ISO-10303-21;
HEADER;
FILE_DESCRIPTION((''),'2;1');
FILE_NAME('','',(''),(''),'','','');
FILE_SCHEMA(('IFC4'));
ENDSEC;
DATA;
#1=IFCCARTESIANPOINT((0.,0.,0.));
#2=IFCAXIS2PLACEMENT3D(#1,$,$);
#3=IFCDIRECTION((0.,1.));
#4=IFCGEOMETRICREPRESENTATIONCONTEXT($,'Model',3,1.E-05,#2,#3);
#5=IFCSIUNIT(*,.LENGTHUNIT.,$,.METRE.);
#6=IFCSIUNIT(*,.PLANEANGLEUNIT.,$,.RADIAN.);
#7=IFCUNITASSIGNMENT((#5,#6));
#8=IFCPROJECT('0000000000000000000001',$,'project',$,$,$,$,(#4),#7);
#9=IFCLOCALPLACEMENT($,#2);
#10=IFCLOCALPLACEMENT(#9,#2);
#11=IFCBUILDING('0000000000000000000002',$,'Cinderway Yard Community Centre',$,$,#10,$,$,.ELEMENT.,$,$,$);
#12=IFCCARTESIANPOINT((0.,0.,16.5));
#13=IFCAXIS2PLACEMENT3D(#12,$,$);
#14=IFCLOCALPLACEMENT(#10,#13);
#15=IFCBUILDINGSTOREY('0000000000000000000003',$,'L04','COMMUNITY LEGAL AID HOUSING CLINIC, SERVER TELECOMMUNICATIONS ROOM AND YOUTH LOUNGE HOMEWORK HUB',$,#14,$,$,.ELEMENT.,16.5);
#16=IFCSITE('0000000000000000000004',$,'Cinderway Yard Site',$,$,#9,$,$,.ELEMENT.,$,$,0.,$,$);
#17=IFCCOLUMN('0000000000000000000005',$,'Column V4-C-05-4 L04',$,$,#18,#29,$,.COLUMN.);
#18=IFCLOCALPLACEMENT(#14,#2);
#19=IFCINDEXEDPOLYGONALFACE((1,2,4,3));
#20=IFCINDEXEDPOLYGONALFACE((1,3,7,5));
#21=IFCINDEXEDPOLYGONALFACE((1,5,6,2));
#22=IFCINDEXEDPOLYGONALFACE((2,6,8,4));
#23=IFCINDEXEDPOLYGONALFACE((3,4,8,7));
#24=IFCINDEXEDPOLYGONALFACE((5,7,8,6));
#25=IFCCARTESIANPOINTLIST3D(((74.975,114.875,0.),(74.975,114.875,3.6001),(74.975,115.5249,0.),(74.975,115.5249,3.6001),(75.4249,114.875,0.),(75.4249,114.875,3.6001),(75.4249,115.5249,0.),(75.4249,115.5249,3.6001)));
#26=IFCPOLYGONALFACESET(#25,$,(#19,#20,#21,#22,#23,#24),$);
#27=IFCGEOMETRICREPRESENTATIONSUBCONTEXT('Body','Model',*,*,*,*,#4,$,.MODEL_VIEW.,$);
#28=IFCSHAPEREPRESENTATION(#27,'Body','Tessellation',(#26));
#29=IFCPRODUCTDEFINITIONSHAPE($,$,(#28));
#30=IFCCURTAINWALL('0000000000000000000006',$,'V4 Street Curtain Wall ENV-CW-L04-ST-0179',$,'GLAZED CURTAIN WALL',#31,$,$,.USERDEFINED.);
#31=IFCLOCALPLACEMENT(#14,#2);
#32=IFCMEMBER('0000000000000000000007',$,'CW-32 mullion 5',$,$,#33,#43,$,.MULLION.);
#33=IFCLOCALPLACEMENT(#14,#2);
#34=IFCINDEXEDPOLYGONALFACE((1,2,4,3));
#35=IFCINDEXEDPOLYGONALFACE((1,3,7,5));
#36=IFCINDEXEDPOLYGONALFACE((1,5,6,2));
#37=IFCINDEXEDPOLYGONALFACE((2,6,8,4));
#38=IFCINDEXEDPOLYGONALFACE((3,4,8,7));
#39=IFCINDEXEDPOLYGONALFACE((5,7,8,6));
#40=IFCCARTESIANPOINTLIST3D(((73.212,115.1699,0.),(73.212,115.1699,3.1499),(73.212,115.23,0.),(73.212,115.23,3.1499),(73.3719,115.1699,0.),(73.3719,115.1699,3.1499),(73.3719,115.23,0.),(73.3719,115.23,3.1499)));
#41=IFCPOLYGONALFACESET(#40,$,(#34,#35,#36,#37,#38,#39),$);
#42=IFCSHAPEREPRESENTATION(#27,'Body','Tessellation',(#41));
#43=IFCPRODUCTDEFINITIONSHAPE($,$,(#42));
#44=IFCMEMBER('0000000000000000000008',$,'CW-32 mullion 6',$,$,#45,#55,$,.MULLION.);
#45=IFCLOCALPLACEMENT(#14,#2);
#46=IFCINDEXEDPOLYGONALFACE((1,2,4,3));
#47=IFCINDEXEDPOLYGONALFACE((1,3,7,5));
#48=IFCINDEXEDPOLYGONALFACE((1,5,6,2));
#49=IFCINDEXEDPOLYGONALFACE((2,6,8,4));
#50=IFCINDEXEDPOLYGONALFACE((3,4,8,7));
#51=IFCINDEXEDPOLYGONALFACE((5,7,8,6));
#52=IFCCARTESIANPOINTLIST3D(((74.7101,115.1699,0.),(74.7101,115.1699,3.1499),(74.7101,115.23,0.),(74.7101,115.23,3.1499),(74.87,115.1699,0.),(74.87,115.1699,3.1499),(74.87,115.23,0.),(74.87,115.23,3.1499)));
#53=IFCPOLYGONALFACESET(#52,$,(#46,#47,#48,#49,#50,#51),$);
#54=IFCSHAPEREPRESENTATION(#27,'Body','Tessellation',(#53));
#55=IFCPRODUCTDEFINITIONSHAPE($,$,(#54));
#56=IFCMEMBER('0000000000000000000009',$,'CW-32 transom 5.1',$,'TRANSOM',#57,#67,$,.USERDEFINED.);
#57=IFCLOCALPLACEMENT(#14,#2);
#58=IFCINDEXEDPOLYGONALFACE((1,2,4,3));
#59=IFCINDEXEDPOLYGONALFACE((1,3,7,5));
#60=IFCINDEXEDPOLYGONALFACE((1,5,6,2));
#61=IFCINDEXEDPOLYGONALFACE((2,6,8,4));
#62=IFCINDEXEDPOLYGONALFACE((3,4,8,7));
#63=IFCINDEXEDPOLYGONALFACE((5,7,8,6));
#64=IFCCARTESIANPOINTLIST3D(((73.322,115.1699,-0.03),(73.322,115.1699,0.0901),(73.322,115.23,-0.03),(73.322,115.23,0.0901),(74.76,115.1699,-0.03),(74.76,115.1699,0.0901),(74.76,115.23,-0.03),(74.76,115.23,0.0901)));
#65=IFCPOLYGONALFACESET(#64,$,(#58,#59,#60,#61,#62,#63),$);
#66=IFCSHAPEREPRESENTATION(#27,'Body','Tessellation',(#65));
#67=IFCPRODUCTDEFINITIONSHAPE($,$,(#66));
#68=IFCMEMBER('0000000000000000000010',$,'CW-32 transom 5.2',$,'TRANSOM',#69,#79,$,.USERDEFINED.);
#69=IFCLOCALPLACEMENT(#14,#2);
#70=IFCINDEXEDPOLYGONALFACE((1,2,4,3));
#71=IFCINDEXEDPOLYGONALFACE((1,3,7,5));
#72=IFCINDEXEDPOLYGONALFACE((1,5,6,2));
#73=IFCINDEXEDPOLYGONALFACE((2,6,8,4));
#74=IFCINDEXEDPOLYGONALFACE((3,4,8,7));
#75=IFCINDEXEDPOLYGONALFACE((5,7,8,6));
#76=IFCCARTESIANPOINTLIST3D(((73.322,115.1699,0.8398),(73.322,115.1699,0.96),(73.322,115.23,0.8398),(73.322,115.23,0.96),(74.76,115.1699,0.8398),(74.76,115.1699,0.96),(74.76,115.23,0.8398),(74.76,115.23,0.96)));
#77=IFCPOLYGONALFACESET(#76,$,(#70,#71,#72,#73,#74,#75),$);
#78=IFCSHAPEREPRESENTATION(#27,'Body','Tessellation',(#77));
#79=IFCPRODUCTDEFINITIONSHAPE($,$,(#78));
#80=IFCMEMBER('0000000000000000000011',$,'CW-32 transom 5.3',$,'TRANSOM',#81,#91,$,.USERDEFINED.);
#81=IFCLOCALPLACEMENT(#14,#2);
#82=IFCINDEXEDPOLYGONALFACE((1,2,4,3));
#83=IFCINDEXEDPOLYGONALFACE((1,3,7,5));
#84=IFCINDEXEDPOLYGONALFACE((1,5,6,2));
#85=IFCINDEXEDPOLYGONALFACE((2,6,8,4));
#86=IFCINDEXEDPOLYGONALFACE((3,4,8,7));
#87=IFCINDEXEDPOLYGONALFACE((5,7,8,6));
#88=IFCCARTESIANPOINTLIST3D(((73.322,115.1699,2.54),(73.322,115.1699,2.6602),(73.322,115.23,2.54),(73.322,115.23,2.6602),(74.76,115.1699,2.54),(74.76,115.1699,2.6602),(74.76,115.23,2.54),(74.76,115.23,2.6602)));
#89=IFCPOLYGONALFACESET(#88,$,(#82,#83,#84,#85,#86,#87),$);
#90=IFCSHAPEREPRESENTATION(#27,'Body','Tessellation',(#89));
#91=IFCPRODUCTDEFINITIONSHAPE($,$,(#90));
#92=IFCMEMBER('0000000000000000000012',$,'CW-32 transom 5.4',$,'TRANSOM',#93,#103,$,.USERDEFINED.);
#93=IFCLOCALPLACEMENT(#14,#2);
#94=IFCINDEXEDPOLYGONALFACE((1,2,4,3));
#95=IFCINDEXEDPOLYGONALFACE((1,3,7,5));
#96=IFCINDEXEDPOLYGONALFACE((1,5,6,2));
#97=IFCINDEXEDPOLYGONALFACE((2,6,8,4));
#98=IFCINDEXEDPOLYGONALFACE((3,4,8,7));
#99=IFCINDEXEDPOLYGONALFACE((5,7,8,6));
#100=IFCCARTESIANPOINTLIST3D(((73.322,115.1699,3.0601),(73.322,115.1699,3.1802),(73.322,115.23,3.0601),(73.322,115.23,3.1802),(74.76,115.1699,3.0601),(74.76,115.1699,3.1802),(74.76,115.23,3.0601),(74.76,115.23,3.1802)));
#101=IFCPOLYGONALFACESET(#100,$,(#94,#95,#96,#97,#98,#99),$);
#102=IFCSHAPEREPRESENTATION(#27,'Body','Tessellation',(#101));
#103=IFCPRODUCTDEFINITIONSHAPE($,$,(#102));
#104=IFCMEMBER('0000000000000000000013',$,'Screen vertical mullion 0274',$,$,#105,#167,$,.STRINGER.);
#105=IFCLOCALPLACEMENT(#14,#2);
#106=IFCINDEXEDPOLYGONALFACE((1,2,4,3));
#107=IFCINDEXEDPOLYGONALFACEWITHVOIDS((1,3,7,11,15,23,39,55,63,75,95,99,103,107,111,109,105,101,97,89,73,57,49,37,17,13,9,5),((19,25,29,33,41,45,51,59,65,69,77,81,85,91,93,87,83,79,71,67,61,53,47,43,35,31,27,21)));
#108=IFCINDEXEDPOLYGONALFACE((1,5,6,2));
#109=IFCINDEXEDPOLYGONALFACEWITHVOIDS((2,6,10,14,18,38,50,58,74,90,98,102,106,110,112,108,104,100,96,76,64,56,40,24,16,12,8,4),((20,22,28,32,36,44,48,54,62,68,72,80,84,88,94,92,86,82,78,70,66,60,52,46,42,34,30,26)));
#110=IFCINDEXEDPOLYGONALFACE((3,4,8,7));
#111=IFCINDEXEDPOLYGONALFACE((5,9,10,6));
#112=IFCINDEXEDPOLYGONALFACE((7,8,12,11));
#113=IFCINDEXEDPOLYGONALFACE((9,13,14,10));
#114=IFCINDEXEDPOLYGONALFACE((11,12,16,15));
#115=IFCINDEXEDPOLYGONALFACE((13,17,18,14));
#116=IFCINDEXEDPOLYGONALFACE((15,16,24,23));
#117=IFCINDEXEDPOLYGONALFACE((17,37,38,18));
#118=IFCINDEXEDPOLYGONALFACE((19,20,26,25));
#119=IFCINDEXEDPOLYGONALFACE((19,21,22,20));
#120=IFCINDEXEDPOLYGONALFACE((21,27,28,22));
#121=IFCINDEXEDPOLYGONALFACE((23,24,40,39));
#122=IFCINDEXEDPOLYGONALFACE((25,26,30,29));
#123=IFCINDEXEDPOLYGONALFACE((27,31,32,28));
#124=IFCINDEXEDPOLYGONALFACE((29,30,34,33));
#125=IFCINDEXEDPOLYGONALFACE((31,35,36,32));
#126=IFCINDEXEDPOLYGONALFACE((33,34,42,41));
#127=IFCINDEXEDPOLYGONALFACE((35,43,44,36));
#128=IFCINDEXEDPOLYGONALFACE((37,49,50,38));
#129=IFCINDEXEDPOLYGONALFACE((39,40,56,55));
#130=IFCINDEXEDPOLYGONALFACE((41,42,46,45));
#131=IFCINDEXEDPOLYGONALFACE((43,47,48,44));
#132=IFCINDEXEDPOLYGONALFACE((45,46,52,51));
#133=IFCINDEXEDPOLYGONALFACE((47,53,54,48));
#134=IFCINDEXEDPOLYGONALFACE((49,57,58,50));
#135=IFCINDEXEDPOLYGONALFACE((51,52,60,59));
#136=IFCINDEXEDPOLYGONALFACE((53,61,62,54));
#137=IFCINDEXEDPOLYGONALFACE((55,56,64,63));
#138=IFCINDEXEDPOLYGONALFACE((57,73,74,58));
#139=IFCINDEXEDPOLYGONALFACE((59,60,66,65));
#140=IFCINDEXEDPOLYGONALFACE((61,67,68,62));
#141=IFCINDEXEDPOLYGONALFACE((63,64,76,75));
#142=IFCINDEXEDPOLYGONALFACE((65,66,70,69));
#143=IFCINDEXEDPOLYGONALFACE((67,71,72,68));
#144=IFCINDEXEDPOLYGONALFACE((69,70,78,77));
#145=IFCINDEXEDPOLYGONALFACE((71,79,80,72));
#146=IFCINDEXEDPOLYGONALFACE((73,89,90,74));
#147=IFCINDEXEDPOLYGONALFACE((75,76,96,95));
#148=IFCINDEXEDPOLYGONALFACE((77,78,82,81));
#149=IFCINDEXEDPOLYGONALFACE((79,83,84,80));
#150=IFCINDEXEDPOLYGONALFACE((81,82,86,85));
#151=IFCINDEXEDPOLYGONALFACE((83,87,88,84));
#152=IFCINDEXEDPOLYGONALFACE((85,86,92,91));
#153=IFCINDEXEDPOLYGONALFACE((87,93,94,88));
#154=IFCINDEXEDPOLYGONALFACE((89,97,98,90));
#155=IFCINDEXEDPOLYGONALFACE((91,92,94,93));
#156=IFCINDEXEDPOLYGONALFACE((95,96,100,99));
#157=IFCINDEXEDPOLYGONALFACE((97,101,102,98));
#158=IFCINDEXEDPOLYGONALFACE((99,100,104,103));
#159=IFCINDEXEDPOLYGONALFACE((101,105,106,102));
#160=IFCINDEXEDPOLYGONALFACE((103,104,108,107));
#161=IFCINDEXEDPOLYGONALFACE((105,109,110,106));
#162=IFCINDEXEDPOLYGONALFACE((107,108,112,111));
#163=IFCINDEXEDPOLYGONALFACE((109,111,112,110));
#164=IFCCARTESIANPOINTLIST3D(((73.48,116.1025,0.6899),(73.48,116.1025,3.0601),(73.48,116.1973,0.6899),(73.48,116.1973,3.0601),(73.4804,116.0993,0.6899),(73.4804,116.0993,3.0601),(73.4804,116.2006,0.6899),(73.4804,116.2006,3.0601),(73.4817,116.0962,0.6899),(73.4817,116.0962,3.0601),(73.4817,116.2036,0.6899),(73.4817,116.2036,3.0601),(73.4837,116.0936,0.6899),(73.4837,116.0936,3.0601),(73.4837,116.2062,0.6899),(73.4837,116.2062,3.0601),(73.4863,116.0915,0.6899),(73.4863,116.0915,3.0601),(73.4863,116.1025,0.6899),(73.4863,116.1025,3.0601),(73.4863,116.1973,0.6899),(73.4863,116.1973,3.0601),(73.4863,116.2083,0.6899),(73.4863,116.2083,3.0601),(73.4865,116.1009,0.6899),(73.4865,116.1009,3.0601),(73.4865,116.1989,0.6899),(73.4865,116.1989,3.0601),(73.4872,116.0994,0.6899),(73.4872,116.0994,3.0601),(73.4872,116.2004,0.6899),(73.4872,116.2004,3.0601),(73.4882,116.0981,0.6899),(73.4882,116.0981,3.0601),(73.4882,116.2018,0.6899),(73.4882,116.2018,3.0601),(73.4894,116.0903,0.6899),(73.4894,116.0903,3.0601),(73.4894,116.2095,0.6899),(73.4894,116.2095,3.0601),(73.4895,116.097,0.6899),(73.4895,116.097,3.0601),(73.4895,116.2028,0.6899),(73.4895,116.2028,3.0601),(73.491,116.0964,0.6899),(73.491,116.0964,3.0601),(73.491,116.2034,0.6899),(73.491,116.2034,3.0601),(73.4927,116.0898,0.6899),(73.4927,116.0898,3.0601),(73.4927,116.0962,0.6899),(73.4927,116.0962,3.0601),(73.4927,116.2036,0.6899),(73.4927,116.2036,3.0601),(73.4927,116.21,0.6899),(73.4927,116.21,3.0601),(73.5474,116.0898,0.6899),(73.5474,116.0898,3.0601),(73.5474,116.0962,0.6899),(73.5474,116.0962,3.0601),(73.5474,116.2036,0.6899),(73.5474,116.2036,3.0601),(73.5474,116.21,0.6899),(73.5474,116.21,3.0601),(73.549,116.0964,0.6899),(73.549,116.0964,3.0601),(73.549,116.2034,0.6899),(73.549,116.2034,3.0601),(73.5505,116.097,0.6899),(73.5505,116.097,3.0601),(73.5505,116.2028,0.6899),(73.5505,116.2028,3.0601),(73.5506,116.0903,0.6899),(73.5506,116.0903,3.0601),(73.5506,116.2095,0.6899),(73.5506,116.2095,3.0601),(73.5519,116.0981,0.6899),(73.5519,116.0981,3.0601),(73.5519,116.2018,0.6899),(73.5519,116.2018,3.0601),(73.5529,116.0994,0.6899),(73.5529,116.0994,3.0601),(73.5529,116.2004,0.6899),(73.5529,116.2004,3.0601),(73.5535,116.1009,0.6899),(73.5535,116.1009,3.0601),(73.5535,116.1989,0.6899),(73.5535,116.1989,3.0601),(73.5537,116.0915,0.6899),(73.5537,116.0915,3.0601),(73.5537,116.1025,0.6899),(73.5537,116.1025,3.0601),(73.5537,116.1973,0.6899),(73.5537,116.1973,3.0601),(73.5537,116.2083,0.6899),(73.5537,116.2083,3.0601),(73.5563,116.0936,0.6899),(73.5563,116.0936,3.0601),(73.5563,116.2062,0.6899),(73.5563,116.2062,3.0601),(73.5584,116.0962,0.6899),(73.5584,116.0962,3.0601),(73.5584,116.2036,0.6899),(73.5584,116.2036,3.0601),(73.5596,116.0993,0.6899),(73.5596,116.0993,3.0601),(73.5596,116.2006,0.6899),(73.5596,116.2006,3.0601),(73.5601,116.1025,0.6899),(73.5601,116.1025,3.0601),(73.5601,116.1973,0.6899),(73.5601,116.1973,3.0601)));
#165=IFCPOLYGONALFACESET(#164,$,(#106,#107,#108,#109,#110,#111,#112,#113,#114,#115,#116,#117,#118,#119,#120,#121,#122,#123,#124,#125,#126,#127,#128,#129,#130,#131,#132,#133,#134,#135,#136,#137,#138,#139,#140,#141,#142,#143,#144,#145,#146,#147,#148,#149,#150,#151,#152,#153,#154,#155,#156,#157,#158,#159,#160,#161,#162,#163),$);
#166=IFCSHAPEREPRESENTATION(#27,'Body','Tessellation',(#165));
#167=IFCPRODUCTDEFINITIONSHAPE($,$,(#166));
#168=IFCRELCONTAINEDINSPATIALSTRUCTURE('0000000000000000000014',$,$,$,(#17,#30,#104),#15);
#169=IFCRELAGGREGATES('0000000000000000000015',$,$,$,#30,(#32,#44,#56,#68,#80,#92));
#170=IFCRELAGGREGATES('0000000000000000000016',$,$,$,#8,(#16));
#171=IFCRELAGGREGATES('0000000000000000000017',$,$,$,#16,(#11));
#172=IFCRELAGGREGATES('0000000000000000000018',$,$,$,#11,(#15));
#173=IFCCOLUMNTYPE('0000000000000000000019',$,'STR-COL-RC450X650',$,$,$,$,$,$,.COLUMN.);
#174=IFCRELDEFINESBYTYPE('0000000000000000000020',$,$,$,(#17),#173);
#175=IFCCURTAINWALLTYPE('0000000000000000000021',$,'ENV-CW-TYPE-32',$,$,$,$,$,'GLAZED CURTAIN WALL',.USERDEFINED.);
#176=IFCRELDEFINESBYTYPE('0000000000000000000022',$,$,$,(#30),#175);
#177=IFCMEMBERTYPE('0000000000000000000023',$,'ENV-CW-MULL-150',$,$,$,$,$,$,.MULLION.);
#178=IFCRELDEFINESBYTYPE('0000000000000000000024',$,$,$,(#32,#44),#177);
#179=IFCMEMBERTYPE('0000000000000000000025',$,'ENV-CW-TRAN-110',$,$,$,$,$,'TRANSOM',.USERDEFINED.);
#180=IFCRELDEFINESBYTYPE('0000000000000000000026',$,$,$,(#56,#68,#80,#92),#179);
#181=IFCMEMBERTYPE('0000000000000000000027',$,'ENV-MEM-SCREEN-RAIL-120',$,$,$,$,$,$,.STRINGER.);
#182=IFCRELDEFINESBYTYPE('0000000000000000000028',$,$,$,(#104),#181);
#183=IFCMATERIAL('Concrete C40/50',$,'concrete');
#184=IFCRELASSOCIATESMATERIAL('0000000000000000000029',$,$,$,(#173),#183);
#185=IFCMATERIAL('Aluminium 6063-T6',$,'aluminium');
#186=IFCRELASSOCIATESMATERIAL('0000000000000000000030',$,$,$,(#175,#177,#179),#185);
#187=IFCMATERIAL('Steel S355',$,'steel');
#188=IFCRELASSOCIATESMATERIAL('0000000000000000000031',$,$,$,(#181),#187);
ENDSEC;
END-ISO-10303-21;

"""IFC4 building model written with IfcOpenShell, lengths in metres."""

from ifc_helpers import new_model, si_unit, direction, frame, origin, origin_2d, place, context, subcontext, project, spatial, rectangle, hollow_rectangle, extrude, material, material_profile, profile_set, type_object, element, aggregate, save


model = new_model("IFC4")

# Units and contexts
model_context = context("Model", 3, precision=1e-05, world=origin(), true_north=direction((0.0, 1.0)))
body_context = subcontext(model_context, "Body", "Model", "MODEL_VIEW")
ifc_project = project(units=[si_unit("LENGTHUNIT", "METRE"), si_unit("PLANEANGLEUNIT", "RADIAN")], contexts=[model_context])

# Site, building, storey
site_placement = place(None, origin())
site = spatial("IfcSite", under=ifc_project, at=site_placement, Name="Cinderway Yard Site", CompositionType="ELEMENT", RefElevation=0.0)
building_placement = place(site_placement, origin())
building = spatial("IfcBuilding", under=site, at=building_placement, Name="Cinderway Yard Community Centre", CompositionType="ELEMENT")
storey_placement = place(building_placement, frame((0.0, 0.0, 16.5)))
storey = spatial("IfcBuildingStorey", under=building, at=storey_placement, Name="L04", Description="COMMUNITY LEGAL AID HOUSING CLINIC, SERVER TELECOMMUNICATIONS ROOM AND YOUTH LOUNGE HOMEWORK HUB", CompositionType="ELEMENT", Elevation=16.5)

# Column
ifc_material_1 = material(Name="Concrete C40/50", Category="concrete")
ifc_material_profile_1 = material_profile(ifc_material_1, rectangle(XDim=0.45, YDim=0.6499, at=origin_2d()), Name="Concrete C40/50")
ifc_profile_set_1 = profile_set([ifc_material_profile_1], Name="Concrete C40/50")
column_type = type_object("IfcColumnType", Name="STR-COL-RC450X650", PredefinedType="COLUMN", material=ifc_profile_set_1)
column_placement = place(storey_placement, frame((75.2, 115.2, 0.0), z_axis=(0.0, 0.0, 1.0), x_axis=(1.0, 0.0, 0.0)))
element("IfcColumn", 1, at=column_placement, inside=storey, type_object=column_type, Name="Column V4-C-05-4 L04", PredefinedType="COLUMN", context=body_context, shape_type="SweptSolid", body=[
    extrude(rectangle(XDim=0.45, YDim=0.6499, at=origin_2d()), origin(), (0.0, 0.0, 1.0), 3.6001),
])

# Curtain wall, members
ifc_material_2 = material(Name="Aluminium 6063-T6", Category="aluminium")
curtain_wall_type = type_object("IfcCurtainWallType", Name="ENV-CW-TYPE-32", ElementType="GLAZED CURTAIN WALL", PredefinedType="USERDEFINED", material=ifc_material_2)
curtain_wall_placement = place(storey_placement, origin())
curtain_wall = element("IfcCurtainWall", 2, at=curtain_wall_placement, inside=storey, type_object=curtain_wall_type, Name="V4 Street Curtain Wall ENV-CW-L04-ST-0179", ObjectType="GLAZED CURTAIN WALL", PredefinedType="USERDEFINED")
ifc_material_profile_2 = material_profile(ifc_material_2, rectangle(XDim=0.0601, YDim=0.1599, at=origin_2d()), Name="Aluminium 6063-T6")
ifc_profile_set_2 = profile_set([ifc_material_profile_2], Name="Aluminium 6063-T6")
member_type_1 = type_object("IfcMemberType", Name="ENV-CW-MULL-150", PredefinedType="MULLION", material=ifc_profile_set_2)
member_1_placement = place(storey_placement, frame((73.292, 115.2, 0.0), z_axis=(0.0, 0.0, 1.0), x_axis=(0.0, 1.0, 0.0)))
member_1 = element("IfcMember", 3, at=member_1_placement, type_object=member_type_1, Name="CW-32 mullion 5", PredefinedType="MULLION", context=body_context, shape_type="SweptSolid", body=[
    extrude(rectangle(XDim=0.0601, YDim=0.1599, at=origin_2d()), origin(), (0.0, 0.0, 1.0), 3.1499),
])
member_2_placement = place(storey_placement, frame((74.79, 115.2, 0.0), z_axis=(0.0, 0.0, 1.0), x_axis=(0.0, 1.0, 0.0)))
member_2 = element("IfcMember", 4, at=member_2_placement, type_object=member_type_1, Name="CW-32 mullion 6", PredefinedType="MULLION", context=body_context, shape_type="SweptSolid", body=[
    extrude(rectangle(XDim=0.0601, YDim=0.1599, at=origin_2d()), origin(), (0.0, 0.0, 1.0), 3.1499),
])
ifc_material_profile_3 = material_profile(ifc_material_2, rectangle(XDim=0.0601, YDim=0.1201, at=origin_2d()), Name="Aluminium 6063-T6")
ifc_profile_set_3 = profile_set([ifc_material_profile_3], Name="Aluminium 6063-T6")
member_type_2 = type_object("IfcMemberType", Name="ENV-CW-TRAN-110", ElementType="TRANSOM", PredefinedType="USERDEFINED", material=ifc_profile_set_3)
member_3_placement = place(storey_placement, frame((73.322, 115.2, 0.03), z_axis=(1.0, 0.0, 0.0), x_axis=(0.0, 1.0, 0.0)))
member_3 = element("IfcMember", 5, at=member_3_placement, type_object=member_type_2, Name="CW-32 transom 5.1", ObjectType="TRANSOM", PredefinedType="USERDEFINED", context=body_context, shape_type="SweptSolid", body=[
    extrude(rectangle(XDim=0.0601, YDim=0.1201, at=origin_2d()), origin(), (0.0, 0.0, 1.0), 1.438),
])
member_4_placement = place(storey_placement, frame((73.322, 115.2, 0.8999), z_axis=(1.0, 0.0, 0.0), x_axis=(0.0, 1.0, 0.0)))
member_4 = element("IfcMember", 6, at=member_4_placement, type_object=member_type_2, Name="CW-32 transom 5.2", ObjectType="TRANSOM", PredefinedType="USERDEFINED", context=body_context, shape_type="SweptSolid", body=[
    extrude(rectangle(XDim=0.0601, YDim=0.1201, at=origin_2d()), origin(), (0.0, 0.0, 1.0), 1.438),
])
member_5_placement = place(storey_placement, frame((73.322, 115.2, 2.6001), z_axis=(1.0, 0.0, 0.0), x_axis=(0.0, 1.0, 0.0)))
member_5 = element("IfcMember", 7, at=member_5_placement, type_object=member_type_2, Name="CW-32 transom 5.3", ObjectType="TRANSOM", PredefinedType="USERDEFINED", context=body_context, shape_type="SweptSolid", body=[
    extrude(rectangle(XDim=0.0601, YDim=0.1201, at=origin_2d()), origin(), (0.0, 0.0, 1.0), 1.438),
])
member_6_placement = place(storey_placement, frame((73.322, 115.2, 3.1201), z_axis=(1.0, 0.0, 0.0), x_axis=(0.0, 1.0, 0.0)))
member_6 = element("IfcMember", 8, at=member_6_placement, type_object=member_type_2, Name="CW-32 transom 5.4", ObjectType="TRANSOM", PredefinedType="USERDEFINED", context=body_context, shape_type="SweptSolid", body=[
    extrude(rectangle(XDim=0.0601, YDim=0.1201, at=origin_2d()), origin(), (0.0, 0.0, 1.0), 1.438),
])

# Member
ifc_material_3 = material(Name="Steel S355", Category="steel")
ifc_material_profile_4 = material_profile(ifc_material_3, hollow_rectangle(XDim=0.0801, YDim=0.1201, WallThickness=0.0063, InnerFilletRadius=0.0063, OuterFilletRadius=0.0127, at=origin_2d()), Name="Steel S355")
ifc_profile_set_4 = profile_set([ifc_material_profile_4], Name="Steel S355")
member_type_3 = type_object("IfcMemberType", Name="ENV-MEM-SCREEN-RAIL-120", PredefinedType="STRINGER", material=ifc_profile_set_4)
for number, where, z_axis, x_axis, name in (
    (9, (73.52, 116.1499, 0.6899), (0.0, 0.0, 1.0), (1.0, 0.0, 0.0), "Screen vertical mullion 0274"),
):
    element("IfcMember", number, at=place(storey_placement, frame(where, z_axis=z_axis, x_axis=x_axis)), inside=storey, type_object=member_type_3, Name=name, PredefinedType="STRINGER", context=body_context, shape_type="SweptSolid", body=[
        extrude(hollow_rectangle(XDim=0.0801, YDim=0.1201, WallThickness=0.0063, InnerFilletRadius=0.0063, OuterFilletRadius=0.0127, at=origin_2d()), origin(), (0.0, 0.0, 1.0), 2.3701),
    ])

aggregate(curtain_wall, [member_1, member_2, member_3, member_4, member_5, member_6])

save(model, "model.ifc")
